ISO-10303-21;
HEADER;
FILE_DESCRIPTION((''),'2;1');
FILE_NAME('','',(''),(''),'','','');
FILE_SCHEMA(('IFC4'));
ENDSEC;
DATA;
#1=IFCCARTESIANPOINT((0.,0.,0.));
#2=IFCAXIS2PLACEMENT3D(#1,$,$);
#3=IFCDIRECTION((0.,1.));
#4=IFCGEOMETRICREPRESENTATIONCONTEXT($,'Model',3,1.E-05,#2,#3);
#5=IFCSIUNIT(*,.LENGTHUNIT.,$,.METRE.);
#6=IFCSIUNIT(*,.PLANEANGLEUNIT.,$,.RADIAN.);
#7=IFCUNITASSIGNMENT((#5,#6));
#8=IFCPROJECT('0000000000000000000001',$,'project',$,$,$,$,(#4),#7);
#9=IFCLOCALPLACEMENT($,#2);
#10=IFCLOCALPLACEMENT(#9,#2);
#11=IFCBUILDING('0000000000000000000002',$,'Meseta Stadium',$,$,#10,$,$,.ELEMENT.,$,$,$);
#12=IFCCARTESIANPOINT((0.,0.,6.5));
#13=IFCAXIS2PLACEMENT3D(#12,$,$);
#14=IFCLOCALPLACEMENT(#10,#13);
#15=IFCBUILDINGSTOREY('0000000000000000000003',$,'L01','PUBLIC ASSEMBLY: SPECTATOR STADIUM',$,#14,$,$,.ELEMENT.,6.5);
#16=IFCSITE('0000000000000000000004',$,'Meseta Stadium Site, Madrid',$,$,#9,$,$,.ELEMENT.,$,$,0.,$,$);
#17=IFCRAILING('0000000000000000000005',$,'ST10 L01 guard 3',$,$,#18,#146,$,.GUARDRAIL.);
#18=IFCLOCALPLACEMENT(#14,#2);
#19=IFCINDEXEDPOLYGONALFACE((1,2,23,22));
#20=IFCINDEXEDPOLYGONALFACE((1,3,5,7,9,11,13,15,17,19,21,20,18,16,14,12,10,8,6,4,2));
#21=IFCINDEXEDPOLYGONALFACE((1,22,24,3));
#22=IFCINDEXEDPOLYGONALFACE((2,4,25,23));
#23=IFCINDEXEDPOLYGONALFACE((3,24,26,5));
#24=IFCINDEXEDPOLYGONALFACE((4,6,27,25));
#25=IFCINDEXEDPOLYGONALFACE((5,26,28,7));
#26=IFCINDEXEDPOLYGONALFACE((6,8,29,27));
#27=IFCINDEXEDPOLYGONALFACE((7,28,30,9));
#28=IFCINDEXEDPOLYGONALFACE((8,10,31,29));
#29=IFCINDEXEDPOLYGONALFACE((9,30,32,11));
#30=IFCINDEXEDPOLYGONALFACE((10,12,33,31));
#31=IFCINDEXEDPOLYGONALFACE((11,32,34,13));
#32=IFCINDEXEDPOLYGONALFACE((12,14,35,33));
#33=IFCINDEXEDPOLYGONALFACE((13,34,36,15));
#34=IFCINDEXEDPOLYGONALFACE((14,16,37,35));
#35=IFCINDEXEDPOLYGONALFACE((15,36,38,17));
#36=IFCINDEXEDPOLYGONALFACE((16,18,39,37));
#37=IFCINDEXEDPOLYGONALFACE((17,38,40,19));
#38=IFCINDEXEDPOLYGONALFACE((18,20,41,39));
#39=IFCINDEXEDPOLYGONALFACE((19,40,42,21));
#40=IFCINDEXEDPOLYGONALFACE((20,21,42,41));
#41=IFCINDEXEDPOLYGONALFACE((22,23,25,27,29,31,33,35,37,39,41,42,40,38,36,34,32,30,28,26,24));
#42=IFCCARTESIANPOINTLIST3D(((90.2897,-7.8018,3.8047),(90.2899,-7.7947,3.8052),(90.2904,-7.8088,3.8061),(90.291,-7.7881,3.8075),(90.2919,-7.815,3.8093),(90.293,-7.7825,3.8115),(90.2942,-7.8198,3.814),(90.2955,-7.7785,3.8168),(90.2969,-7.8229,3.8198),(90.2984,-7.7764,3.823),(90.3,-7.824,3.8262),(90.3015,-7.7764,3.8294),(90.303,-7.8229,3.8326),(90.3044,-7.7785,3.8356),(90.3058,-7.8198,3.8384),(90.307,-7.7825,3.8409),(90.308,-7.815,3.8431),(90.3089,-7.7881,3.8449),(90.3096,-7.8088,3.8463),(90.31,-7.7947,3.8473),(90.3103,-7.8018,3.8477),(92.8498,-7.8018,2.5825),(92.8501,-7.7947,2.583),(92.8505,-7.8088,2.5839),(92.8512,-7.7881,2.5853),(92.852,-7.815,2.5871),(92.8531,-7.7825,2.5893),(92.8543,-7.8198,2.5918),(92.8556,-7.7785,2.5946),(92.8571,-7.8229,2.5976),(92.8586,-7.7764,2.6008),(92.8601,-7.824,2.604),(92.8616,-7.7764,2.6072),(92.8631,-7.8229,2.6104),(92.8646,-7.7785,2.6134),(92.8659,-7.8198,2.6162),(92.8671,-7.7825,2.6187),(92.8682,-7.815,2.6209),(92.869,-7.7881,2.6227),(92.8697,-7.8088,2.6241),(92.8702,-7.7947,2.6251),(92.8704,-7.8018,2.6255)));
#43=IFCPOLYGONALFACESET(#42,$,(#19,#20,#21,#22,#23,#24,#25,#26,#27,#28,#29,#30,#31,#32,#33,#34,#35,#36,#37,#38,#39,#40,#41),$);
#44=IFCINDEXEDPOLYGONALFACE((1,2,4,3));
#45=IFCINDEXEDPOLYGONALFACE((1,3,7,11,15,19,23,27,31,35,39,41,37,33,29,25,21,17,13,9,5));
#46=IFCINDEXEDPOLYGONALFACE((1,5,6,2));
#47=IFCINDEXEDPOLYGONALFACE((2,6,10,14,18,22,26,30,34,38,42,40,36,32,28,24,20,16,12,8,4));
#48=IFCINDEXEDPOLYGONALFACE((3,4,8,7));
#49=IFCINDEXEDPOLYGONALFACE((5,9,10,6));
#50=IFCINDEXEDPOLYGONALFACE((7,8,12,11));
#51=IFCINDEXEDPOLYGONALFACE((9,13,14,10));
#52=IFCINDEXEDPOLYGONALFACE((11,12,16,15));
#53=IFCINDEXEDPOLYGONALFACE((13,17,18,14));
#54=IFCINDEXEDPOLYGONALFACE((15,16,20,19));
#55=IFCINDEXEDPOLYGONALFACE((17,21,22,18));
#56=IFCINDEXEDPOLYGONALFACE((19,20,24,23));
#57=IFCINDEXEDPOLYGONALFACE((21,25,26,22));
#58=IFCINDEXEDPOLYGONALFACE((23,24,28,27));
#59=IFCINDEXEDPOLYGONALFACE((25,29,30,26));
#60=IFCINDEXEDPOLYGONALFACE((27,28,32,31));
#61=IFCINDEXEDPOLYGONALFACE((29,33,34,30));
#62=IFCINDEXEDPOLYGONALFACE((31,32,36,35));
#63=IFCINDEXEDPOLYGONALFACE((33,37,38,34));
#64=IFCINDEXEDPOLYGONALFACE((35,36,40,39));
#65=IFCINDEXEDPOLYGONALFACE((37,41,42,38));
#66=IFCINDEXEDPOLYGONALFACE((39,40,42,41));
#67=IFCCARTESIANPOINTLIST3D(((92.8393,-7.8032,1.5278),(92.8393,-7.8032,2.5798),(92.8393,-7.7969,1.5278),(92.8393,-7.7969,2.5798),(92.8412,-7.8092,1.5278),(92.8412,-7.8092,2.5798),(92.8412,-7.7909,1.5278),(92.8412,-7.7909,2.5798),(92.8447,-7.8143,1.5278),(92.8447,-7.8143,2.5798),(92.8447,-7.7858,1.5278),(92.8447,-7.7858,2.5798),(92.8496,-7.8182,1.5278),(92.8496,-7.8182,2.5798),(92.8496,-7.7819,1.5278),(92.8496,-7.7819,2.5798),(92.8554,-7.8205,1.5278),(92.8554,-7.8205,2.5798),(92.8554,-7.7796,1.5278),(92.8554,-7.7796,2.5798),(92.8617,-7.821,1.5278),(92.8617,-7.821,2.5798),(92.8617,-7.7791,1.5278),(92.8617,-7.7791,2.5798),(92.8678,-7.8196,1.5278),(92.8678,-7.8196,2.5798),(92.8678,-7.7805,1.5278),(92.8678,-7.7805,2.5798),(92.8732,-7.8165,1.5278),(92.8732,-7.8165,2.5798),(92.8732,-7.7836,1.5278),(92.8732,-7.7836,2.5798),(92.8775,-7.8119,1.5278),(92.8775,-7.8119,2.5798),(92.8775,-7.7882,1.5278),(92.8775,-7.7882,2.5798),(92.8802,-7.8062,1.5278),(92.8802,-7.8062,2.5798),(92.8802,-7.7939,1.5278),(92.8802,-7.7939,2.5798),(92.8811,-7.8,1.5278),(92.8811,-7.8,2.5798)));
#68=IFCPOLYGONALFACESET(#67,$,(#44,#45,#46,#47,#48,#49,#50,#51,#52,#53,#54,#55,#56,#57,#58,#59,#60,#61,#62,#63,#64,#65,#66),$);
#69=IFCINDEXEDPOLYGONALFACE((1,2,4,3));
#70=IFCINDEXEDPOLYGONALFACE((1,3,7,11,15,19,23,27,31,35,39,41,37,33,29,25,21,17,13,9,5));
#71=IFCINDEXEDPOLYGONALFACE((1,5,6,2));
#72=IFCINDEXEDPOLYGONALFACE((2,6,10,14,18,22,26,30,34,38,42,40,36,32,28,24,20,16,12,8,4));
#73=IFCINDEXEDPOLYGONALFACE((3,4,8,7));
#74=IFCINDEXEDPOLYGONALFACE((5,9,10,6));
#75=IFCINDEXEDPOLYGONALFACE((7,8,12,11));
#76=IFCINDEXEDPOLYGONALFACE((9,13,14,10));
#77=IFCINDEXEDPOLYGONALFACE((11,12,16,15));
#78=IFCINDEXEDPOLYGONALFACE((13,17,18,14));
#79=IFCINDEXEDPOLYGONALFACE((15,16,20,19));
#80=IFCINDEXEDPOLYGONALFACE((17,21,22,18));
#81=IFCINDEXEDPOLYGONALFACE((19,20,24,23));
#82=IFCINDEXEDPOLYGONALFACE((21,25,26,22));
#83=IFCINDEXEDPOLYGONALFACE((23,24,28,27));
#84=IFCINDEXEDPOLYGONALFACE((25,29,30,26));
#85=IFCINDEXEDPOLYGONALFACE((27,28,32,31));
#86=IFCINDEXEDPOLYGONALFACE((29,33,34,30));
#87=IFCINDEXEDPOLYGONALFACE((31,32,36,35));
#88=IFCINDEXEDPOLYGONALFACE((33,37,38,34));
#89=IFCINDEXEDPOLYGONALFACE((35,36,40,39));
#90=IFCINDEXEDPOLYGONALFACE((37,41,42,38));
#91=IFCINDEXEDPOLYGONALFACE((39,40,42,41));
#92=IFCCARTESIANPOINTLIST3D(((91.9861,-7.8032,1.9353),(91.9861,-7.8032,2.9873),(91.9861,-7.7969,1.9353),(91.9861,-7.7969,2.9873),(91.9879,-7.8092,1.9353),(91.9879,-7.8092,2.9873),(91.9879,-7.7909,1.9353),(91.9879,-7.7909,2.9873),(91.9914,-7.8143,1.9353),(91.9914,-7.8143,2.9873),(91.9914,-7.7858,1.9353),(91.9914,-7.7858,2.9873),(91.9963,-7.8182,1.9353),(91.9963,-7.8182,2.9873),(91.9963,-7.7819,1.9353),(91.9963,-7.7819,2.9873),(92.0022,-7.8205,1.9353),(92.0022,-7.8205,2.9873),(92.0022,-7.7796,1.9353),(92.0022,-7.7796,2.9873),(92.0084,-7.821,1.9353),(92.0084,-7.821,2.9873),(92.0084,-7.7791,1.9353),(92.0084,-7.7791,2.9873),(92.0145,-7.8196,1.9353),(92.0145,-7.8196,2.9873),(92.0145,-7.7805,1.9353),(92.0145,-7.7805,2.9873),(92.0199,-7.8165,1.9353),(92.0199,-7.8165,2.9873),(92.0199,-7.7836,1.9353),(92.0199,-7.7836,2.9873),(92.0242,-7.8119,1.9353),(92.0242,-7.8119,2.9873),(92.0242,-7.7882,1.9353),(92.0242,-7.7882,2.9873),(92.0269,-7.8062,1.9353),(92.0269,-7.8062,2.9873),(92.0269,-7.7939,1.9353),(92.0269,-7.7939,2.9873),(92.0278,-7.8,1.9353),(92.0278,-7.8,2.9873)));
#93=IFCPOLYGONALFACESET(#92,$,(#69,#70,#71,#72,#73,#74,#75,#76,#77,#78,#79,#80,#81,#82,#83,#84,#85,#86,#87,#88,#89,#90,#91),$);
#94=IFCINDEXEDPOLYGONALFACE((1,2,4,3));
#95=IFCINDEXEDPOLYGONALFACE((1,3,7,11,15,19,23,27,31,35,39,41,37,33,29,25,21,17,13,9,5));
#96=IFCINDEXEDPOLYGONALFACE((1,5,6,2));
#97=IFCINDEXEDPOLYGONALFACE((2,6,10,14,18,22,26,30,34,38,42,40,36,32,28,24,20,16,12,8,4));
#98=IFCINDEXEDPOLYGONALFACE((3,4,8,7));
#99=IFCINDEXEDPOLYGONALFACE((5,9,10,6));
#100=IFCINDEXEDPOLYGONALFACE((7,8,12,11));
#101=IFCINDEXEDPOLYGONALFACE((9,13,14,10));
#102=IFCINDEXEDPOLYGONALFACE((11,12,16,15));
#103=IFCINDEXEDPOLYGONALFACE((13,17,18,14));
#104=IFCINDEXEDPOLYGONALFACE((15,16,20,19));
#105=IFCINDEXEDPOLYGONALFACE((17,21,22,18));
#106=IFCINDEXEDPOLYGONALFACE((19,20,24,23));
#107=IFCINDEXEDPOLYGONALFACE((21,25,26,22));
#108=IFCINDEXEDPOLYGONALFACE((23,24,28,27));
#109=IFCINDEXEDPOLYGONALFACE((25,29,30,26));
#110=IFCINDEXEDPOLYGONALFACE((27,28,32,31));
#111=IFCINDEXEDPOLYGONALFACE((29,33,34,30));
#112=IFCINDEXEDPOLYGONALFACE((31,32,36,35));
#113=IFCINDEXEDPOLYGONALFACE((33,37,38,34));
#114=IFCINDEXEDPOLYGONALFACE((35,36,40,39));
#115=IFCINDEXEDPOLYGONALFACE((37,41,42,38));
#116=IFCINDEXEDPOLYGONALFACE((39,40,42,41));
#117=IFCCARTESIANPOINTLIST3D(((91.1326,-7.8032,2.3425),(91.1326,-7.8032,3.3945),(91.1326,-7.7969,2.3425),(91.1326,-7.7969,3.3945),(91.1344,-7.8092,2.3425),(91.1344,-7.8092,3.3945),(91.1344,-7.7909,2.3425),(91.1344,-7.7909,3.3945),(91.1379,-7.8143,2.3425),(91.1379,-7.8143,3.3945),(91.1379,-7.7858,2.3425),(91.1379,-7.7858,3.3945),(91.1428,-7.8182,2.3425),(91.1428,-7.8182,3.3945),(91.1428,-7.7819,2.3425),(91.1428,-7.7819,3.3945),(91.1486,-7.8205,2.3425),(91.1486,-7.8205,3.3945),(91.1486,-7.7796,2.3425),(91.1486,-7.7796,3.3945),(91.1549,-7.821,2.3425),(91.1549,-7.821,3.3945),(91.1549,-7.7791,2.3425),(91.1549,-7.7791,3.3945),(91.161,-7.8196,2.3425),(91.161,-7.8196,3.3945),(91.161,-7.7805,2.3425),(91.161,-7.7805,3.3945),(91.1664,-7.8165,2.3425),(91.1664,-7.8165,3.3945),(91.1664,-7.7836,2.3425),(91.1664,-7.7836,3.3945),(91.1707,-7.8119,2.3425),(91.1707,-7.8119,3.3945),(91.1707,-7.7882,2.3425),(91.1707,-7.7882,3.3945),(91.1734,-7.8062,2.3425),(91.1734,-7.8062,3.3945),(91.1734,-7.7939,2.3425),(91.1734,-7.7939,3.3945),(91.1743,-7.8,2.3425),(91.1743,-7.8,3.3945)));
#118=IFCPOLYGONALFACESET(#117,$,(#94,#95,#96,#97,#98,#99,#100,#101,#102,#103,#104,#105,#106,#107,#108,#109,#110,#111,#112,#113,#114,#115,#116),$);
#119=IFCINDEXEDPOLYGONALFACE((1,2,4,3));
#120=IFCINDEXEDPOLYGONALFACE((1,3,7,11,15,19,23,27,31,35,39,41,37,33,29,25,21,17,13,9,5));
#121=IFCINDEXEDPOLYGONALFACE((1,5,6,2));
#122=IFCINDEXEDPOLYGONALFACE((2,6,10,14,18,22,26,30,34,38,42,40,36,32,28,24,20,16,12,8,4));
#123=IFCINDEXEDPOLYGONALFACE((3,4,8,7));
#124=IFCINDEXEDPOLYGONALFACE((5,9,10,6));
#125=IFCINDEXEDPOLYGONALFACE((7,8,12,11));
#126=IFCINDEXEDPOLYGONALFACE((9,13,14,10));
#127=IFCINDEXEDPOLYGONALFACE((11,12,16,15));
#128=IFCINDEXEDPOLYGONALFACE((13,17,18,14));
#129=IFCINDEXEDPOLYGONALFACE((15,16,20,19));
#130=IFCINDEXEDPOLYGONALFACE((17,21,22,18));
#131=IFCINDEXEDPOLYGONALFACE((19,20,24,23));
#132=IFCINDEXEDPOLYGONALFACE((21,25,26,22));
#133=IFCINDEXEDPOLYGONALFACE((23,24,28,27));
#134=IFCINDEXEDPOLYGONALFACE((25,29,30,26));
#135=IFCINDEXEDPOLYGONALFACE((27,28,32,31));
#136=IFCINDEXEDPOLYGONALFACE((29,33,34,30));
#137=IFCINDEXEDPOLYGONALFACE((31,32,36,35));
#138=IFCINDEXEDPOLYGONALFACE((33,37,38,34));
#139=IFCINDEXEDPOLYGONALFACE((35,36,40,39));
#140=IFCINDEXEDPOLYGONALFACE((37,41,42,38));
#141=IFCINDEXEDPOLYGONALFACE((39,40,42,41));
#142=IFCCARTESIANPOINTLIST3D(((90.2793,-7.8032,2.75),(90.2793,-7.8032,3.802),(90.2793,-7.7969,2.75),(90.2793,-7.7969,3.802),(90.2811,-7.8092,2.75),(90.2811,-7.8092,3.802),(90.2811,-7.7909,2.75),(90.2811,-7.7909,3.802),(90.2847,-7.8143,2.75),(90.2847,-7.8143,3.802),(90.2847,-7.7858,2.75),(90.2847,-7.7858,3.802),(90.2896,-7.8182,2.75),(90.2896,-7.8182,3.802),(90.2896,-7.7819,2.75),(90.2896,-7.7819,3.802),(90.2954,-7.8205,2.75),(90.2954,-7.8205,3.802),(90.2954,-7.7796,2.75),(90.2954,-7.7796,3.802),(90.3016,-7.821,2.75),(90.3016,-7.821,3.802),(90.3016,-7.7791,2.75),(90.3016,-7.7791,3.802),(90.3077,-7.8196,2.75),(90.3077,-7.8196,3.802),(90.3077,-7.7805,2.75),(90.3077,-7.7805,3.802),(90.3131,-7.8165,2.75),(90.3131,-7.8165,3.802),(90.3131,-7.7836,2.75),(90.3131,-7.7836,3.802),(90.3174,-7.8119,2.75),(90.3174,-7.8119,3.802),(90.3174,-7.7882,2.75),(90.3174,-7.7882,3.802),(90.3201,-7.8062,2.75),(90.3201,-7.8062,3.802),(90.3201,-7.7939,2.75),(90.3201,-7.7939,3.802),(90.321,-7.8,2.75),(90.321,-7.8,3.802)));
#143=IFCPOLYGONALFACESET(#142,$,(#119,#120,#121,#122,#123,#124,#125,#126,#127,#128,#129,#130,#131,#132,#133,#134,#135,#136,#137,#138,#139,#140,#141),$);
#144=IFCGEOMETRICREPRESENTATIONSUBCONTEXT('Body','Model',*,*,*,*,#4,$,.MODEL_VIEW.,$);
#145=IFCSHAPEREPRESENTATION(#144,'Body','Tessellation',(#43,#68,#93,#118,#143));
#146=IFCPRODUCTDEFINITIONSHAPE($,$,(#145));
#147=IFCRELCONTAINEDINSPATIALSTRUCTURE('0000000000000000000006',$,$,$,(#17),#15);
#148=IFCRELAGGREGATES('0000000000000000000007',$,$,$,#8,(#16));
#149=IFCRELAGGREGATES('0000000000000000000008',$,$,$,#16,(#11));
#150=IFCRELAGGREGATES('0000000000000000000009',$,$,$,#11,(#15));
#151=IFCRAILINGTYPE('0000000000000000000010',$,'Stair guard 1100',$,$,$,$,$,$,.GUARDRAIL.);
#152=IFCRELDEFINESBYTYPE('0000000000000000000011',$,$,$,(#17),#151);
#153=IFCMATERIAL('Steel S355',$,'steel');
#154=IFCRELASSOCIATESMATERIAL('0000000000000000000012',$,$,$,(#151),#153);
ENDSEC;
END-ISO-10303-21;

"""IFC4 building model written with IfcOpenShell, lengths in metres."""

from ifc_helpers import new_model, si_unit, direction, frame, origin, origin_2d, place, context, subcontext, project, spatial, circle, extrude, material, type_object, element, save


model = new_model("IFC4")

# Units and contexts
model_context = context("Model", 3, precision=1e-05, world=origin(), true_north=direction((0.0, 1.0)))
body_context = subcontext(model_context, "Body", "Model", "MODEL_VIEW")
ifc_project = project(units=[si_unit("LENGTHUNIT", "METRE"), si_unit("PLANEANGLEUNIT", "RADIAN")], contexts=[model_context])

# Site, building, storey
site_placement = place(None, origin())
site = spatial("IfcSite", under=ifc_project, at=site_placement, Name="Meseta Stadium Site, Madrid", CompositionType="ELEMENT", RefElevation=0.0)
building_placement = place(site_placement, origin())
building = spatial("IfcBuilding", under=site, at=building_placement, Name="Meseta Stadium", CompositionType="ELEMENT")
storey_placement = place(building_placement, frame((0.0, 0.0, 6.5)))
storey = spatial("IfcBuildingStorey", under=building, at=storey_placement, Name="L01", Description="PUBLIC ASSEMBLY: SPECTATOR STADIUM", CompositionType="ELEMENT", Elevation=6.5)

# Railing
ifc_material_1 = material(Name="Steel S355", Category="steel")
railing_type_1 = type_object("IfcRailingType", Name="Stair guard 1100", PredefinedType="GUARDRAIL", material=ifc_material_1)
railing_1_placement = place(storey_placement, frame((92.8601, -7.8, 1.5278)))
element("IfcRailing", 1, at=railing_1_placement, inside=storey, type_object=railing_type_1, Name="ST10 L01 guard 3", PredefinedType="GUARDRAIL", context=body_context, shape_type="SweptSolid", body=[
    extrude(circle(Radius=0.0239, at=origin_2d()), frame((0.0, 0.0, 1.0762), z_axis=(-0.902437, 0.0, 0.430822), x_axis=(0.0, -1.0, 0.0)), (0.0, 0.0, 1.0), 2.8369),
    extrude(circle(Radius=0.021, at=origin_2d()), origin(), (0.0, 0.0, 1.0), 1.052),
    extrude(circle(Radius=0.021, at=origin_2d()), frame((-0.8533, 0.0, 0.4075)), (0.0, 0.0, 1.0), 1.052),
    extrude(circle(Radius=0.021, at=origin_2d()), frame((-1.7068, 0.0, 0.8147)), (0.0, 0.0, 1.0), 1.052),
    extrude(circle(Radius=0.021, at=origin_2d()), frame((-2.5601, 0.0, 1.2222)), (0.0, 0.0, 1.0), 1.052),
])

save(model, "model.ifc")
